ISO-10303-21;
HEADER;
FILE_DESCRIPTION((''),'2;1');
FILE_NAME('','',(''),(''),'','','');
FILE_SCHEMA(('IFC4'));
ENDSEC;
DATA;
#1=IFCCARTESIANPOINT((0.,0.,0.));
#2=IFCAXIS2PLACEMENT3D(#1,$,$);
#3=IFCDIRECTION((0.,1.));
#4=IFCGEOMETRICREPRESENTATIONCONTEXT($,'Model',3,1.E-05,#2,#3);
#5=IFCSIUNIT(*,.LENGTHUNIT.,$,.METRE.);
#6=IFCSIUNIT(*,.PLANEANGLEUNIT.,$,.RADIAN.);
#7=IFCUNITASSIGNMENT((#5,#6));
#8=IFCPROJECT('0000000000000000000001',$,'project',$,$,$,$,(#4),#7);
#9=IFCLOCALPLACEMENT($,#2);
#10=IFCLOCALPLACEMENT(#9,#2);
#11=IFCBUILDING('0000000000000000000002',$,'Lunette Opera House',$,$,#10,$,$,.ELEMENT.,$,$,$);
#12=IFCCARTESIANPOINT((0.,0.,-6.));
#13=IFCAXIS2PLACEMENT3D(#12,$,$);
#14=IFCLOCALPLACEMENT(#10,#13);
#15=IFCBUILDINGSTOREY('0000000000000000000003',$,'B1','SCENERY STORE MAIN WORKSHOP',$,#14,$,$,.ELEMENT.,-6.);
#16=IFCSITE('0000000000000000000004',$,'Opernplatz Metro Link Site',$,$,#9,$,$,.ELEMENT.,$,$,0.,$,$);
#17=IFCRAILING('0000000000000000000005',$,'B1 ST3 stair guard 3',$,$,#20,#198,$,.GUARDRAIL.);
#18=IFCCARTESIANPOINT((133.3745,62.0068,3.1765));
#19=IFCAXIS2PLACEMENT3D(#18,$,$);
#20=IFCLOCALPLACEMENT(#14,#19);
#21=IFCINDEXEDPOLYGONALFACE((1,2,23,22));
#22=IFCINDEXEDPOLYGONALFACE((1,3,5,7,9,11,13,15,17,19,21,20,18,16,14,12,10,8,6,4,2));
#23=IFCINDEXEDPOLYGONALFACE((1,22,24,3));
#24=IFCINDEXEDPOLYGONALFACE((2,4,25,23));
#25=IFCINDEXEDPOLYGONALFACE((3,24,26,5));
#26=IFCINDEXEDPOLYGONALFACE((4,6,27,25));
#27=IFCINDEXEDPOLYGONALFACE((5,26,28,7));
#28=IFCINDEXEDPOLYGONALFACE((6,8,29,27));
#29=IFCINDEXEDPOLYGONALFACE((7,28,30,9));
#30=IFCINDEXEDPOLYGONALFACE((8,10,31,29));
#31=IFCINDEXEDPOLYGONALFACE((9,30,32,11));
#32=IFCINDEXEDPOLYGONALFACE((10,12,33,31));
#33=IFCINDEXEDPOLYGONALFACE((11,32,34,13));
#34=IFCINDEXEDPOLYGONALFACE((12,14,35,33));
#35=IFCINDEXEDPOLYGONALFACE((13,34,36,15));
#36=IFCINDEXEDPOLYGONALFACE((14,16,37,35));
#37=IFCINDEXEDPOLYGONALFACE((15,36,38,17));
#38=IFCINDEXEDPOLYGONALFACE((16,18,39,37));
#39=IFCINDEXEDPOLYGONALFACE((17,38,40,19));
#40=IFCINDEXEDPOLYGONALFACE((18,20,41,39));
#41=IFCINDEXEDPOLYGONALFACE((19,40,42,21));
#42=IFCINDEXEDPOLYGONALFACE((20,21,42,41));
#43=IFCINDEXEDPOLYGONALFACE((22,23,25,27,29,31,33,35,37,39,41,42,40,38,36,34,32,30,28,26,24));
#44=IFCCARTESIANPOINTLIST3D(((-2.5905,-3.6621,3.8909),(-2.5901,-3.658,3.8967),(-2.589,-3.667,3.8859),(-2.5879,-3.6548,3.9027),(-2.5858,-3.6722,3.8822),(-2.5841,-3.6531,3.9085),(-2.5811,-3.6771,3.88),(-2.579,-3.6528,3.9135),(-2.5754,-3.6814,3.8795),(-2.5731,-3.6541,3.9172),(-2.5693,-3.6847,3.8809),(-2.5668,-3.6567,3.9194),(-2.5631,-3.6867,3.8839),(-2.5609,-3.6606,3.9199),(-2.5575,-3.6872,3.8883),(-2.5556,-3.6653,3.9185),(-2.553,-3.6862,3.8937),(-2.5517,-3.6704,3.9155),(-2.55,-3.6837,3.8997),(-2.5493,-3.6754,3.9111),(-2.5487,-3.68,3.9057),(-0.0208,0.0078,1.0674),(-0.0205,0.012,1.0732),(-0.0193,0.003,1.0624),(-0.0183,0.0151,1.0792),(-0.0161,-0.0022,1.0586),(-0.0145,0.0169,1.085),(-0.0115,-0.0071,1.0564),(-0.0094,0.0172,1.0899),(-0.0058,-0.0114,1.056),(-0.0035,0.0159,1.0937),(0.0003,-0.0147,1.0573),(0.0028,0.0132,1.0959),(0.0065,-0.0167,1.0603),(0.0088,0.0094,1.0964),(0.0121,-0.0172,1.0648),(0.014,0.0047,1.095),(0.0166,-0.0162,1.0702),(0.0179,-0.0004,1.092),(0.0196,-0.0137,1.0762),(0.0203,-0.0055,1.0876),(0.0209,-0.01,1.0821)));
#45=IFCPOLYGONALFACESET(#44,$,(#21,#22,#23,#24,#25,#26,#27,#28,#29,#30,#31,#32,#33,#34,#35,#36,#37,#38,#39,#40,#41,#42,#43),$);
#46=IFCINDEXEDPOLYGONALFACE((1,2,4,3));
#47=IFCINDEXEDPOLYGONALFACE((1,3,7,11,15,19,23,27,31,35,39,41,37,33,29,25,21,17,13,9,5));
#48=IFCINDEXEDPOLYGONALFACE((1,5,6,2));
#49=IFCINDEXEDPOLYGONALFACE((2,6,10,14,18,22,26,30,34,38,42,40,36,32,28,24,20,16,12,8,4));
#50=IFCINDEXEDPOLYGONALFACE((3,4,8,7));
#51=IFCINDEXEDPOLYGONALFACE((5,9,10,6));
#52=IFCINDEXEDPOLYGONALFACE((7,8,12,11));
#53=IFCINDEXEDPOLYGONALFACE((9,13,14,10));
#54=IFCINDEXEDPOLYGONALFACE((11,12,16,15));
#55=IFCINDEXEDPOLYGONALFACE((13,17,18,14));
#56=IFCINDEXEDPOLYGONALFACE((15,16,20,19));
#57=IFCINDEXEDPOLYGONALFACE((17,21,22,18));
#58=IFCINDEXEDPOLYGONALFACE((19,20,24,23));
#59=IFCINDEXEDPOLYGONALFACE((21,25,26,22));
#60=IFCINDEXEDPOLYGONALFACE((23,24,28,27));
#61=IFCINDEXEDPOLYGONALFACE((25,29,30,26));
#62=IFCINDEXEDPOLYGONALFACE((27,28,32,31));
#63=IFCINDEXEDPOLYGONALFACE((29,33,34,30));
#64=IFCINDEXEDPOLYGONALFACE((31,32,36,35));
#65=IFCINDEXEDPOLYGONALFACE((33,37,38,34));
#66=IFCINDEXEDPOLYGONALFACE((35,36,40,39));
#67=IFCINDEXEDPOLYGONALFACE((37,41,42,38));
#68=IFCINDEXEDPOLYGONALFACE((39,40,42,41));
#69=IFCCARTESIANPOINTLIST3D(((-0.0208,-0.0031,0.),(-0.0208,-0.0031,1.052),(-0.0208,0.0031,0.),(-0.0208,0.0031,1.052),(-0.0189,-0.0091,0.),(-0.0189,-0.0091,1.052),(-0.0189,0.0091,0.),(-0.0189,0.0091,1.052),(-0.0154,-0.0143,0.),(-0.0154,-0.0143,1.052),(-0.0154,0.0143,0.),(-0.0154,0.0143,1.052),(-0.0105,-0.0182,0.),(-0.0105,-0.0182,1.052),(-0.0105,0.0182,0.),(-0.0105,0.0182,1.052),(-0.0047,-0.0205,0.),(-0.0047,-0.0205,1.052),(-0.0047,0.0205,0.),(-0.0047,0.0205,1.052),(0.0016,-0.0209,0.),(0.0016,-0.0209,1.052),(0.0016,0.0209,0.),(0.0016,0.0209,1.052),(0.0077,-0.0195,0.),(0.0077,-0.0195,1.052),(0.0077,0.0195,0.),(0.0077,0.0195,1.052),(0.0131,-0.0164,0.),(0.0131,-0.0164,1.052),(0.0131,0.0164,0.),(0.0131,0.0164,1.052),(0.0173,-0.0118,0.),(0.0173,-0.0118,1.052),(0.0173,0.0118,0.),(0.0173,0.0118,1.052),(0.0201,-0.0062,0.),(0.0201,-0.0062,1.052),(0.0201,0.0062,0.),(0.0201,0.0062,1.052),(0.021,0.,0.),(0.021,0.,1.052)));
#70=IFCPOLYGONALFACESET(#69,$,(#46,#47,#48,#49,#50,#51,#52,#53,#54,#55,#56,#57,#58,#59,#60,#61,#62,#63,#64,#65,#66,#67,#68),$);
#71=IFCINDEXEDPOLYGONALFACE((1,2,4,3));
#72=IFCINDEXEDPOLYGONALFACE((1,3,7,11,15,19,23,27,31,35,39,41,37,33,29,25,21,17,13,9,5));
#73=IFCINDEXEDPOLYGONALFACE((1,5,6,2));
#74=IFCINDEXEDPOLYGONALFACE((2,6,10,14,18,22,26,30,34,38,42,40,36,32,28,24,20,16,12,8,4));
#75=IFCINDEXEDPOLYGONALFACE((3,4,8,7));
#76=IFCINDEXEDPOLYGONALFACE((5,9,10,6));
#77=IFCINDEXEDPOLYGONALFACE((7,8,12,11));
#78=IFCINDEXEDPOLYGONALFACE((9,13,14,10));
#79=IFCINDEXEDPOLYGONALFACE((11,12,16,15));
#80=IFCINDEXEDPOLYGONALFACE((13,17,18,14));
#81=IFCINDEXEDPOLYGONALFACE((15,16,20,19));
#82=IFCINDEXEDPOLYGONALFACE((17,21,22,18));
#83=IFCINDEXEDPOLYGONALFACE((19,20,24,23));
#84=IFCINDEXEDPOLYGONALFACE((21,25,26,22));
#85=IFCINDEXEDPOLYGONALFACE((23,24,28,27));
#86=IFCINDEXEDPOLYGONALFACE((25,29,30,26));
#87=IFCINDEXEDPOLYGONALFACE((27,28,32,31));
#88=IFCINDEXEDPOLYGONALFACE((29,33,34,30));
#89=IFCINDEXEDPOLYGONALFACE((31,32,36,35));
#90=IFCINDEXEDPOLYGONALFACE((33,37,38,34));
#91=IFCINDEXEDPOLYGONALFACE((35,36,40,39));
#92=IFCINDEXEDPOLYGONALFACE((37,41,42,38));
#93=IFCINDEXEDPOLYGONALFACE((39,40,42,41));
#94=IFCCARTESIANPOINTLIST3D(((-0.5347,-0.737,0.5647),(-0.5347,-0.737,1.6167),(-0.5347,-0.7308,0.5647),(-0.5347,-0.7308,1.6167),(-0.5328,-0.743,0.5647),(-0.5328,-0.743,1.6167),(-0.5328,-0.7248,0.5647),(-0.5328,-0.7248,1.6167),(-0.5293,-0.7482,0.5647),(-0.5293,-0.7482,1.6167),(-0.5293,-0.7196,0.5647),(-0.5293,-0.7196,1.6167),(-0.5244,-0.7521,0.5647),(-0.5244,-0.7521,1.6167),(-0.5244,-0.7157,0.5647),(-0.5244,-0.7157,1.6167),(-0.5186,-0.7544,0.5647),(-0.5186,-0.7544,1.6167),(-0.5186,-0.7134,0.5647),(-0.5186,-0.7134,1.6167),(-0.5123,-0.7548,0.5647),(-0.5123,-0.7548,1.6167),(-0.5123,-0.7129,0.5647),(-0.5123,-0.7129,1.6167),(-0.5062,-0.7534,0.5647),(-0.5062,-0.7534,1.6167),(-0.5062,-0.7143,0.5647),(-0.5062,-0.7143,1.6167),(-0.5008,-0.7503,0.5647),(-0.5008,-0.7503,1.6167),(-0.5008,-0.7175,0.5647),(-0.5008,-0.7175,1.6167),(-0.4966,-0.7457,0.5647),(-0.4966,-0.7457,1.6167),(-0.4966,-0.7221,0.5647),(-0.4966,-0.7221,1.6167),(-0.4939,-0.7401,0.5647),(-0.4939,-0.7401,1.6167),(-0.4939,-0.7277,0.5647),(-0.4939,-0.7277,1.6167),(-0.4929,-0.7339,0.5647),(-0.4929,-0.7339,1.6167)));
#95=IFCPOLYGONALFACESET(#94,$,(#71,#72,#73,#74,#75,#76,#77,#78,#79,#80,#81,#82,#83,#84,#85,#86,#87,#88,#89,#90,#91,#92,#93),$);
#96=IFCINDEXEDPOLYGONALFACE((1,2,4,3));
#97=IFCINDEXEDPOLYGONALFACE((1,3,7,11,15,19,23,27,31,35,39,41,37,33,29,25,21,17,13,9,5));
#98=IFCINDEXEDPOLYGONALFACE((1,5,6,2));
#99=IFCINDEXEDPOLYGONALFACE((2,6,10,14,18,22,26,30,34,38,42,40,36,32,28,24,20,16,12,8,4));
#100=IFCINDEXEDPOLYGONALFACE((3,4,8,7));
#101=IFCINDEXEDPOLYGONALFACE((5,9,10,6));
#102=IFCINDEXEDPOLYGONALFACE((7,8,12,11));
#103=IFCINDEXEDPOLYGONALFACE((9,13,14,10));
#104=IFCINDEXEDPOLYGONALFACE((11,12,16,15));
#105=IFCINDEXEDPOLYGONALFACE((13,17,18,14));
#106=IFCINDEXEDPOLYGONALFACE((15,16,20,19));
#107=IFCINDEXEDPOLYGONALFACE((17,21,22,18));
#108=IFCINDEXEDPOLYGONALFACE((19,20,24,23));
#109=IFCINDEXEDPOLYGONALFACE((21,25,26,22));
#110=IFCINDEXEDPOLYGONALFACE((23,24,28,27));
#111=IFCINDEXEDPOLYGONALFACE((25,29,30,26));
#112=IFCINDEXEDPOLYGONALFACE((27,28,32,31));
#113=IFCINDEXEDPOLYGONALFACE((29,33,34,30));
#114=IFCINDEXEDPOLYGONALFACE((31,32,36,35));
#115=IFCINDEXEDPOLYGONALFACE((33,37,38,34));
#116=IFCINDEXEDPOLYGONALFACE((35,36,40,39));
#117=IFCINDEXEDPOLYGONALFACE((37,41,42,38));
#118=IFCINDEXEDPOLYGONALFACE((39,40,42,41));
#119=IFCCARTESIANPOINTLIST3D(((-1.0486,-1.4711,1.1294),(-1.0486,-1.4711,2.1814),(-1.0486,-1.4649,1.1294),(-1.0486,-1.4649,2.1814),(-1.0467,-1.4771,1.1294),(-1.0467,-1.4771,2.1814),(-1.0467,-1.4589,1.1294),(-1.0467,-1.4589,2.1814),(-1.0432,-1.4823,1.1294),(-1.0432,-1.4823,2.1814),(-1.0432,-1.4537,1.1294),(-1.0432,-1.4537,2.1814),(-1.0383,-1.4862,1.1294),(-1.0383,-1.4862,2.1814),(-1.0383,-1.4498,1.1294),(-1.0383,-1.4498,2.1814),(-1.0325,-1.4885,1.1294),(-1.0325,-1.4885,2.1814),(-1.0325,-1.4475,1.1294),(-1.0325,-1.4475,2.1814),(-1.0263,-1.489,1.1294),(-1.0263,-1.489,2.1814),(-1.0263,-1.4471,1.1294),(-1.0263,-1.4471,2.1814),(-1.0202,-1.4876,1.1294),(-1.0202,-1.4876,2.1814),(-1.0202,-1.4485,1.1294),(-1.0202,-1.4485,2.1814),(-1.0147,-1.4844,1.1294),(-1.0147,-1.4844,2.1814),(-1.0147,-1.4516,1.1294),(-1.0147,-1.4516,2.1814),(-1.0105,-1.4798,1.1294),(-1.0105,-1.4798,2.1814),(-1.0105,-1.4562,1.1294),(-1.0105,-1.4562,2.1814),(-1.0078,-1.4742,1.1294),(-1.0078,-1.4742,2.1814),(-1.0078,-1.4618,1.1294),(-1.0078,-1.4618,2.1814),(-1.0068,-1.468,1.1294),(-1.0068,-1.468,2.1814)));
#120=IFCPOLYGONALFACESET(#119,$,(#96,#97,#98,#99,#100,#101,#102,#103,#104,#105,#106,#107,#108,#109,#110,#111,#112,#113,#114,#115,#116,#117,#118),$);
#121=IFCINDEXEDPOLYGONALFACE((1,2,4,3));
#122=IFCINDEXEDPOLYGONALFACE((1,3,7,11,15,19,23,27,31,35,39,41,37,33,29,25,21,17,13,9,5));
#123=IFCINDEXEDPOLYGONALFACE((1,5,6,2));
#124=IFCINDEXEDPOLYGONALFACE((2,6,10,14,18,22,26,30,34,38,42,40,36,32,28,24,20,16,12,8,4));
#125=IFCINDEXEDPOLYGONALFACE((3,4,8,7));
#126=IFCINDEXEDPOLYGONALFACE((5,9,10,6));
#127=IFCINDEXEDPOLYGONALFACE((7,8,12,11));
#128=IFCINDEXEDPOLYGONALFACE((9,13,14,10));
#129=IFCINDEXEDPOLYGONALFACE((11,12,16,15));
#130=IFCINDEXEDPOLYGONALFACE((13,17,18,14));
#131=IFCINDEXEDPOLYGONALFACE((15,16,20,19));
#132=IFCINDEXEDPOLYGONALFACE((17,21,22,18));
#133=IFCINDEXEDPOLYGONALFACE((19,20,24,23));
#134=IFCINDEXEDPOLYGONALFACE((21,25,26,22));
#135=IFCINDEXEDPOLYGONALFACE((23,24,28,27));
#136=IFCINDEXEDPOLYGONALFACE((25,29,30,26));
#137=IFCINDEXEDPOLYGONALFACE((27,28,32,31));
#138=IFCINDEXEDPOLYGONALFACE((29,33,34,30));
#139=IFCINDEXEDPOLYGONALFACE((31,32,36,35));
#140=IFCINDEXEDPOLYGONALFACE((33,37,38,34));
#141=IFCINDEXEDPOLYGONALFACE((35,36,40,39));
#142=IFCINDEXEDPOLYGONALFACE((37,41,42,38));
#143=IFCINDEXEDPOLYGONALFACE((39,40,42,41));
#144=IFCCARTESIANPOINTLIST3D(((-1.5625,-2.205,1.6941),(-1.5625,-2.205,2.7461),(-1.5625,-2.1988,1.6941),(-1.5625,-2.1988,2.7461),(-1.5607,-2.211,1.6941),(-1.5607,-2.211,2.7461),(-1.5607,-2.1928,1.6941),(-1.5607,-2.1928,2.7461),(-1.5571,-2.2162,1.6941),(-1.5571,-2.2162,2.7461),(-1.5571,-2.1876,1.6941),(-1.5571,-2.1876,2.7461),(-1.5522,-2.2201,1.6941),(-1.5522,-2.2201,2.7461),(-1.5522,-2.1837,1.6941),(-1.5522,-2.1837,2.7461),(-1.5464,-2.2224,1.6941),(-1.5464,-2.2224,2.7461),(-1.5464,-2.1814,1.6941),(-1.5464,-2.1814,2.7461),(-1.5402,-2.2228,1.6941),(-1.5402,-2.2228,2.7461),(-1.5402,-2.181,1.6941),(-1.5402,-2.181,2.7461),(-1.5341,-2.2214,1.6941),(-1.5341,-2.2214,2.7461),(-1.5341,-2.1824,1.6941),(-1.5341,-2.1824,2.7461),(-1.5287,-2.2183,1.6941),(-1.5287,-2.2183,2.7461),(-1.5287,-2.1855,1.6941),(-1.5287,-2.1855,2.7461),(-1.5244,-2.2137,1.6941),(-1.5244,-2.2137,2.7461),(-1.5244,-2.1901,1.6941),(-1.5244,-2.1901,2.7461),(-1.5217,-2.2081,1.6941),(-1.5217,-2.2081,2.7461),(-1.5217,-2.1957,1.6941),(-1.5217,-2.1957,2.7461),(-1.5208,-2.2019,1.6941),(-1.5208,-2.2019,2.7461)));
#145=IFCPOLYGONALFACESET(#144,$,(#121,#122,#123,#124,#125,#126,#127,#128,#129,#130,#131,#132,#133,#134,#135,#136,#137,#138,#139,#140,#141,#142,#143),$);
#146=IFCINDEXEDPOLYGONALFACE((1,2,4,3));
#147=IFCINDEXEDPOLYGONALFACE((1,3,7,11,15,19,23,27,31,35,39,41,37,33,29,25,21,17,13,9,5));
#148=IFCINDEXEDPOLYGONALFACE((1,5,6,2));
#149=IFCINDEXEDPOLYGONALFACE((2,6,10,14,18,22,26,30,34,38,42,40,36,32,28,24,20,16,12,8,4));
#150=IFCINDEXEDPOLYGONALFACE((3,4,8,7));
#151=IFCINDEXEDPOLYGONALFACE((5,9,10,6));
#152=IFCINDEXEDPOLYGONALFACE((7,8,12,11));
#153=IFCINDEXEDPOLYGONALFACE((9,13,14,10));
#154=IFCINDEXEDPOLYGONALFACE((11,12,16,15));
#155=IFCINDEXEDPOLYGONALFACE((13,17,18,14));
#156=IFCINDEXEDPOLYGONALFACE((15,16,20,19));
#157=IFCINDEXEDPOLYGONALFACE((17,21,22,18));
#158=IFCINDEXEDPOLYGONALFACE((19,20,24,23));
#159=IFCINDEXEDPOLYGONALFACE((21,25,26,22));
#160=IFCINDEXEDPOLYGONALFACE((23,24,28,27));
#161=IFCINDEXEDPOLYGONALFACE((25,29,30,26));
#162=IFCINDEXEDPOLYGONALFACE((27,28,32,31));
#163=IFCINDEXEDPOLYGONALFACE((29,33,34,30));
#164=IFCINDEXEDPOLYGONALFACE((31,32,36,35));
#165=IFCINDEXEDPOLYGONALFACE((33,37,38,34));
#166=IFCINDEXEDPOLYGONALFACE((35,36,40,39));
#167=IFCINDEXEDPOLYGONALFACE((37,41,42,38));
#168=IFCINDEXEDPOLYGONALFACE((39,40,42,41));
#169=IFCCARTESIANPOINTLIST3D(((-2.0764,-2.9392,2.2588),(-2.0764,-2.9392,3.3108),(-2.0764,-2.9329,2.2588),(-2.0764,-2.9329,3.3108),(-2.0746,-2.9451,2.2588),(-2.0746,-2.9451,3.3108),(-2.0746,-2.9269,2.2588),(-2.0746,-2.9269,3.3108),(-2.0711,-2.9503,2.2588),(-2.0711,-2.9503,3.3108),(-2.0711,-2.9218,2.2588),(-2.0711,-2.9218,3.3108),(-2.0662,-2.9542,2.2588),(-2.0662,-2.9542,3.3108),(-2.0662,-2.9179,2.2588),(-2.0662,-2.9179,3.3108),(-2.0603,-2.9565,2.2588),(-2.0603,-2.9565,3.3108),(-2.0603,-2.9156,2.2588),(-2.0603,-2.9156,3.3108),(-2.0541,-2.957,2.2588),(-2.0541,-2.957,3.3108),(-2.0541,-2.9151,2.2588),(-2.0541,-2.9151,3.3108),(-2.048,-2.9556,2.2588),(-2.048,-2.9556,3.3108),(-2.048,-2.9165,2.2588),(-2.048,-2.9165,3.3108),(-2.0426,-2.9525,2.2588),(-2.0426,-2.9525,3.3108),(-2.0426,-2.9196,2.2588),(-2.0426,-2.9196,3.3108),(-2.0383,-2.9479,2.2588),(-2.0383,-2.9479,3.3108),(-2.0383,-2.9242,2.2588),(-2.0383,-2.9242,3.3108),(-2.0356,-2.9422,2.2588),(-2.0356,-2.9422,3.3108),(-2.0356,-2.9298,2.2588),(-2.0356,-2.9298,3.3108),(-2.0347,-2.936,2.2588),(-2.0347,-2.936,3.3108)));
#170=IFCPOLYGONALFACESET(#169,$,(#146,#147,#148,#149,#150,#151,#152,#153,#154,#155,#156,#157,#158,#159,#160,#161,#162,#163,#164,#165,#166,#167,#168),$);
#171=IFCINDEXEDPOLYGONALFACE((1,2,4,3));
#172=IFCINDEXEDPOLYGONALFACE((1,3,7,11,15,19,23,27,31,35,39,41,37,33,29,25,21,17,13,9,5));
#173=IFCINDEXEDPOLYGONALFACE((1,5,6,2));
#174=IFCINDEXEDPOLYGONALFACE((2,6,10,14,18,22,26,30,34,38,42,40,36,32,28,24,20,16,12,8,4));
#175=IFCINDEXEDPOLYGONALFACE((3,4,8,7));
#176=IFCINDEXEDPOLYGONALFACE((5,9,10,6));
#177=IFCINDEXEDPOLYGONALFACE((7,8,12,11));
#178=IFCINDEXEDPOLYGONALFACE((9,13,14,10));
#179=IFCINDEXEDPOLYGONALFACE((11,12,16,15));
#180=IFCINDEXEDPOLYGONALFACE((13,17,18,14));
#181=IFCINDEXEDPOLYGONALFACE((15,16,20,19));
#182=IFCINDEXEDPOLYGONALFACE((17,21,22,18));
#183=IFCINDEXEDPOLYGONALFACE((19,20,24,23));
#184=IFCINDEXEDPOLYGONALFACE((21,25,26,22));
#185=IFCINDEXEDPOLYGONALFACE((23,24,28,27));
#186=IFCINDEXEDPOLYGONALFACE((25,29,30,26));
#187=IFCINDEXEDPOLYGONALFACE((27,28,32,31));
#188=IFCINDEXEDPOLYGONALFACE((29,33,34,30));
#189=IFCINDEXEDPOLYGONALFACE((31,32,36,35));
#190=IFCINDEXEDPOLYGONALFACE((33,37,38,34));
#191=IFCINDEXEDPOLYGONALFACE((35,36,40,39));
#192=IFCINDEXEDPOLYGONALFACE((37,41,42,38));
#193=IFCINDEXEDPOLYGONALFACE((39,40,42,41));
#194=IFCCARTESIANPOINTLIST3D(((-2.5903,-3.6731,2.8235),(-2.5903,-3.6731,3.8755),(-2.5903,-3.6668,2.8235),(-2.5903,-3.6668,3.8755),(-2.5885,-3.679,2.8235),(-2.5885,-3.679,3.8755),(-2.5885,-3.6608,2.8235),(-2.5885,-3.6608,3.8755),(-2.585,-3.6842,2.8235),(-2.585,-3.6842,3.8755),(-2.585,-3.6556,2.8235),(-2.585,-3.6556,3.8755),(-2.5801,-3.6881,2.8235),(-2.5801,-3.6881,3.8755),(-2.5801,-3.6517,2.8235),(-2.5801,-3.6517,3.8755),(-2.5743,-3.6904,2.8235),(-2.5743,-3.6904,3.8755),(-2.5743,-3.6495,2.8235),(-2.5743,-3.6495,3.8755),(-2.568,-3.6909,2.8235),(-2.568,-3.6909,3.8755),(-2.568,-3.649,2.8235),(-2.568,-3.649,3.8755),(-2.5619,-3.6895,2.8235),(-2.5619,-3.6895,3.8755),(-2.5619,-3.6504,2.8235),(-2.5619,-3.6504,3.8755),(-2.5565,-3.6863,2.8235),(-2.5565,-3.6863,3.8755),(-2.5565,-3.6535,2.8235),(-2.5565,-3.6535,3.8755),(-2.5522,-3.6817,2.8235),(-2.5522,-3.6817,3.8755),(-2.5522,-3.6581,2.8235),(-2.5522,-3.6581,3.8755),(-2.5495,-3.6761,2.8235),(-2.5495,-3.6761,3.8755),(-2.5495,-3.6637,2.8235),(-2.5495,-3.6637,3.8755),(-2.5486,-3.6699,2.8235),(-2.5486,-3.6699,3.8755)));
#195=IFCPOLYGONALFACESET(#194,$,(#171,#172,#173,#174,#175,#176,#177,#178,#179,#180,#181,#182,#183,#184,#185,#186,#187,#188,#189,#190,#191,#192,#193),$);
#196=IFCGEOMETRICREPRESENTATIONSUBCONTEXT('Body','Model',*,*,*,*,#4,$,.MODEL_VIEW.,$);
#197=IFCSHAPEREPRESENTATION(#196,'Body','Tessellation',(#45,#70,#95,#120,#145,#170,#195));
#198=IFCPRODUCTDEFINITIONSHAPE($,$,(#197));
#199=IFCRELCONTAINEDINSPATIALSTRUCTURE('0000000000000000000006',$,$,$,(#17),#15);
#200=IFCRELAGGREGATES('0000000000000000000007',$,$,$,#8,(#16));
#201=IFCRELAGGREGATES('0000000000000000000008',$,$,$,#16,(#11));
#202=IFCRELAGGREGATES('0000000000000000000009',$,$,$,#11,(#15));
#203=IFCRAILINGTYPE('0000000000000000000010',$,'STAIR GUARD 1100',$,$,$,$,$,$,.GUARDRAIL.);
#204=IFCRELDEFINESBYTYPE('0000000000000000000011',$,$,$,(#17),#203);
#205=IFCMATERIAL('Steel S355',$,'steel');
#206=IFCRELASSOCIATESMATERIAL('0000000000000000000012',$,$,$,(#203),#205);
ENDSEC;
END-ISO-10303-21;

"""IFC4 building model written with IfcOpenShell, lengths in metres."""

from ifc_helpers import new_model, si_unit, direction, frame, origin, origin_2d, place, context, subcontext, project, spatial, circle, extrude, material, type_object, element, save


model = new_model("IFC4")

# Units and contexts
model_context = context("Model", 3, precision=1e-05, world=origin(), true_north=direction((0.0, 1.0)))
body_context = subcontext(model_context, "Body", "Model", "MODEL_VIEW")
ifc_project = project(units=[si_unit("LENGTHUNIT", "METRE"), si_unit("PLANEANGLEUNIT", "RADIAN")], contexts=[model_context])

# Site, building, storey
site_placement = place(None, origin())
site = spatial("IfcSite", under=ifc_project, at=site_placement, Name="Opernplatz Metro Link Site", CompositionType="ELEMENT", RefElevation=0.0)
building_placement = place(site_placement, origin())
building = spatial("IfcBuilding", under=site, at=building_placement, Name="Lunette Opera House", CompositionType="ELEMENT")
storey_placement = place(building_placement, frame((0.0, 0.0, -6.0)))
storey = spatial("IfcBuildingStorey", under=building, at=storey_placement, Name="B1", Description="SCENERY STORE MAIN WORKSHOP", CompositionType="ELEMENT", Elevation=-6.0)

# Railing
ifc_material_1 = material(Name="Steel S355", Category="steel")
railing_type_1 = type_object("IfcRailingType", Name="STAIR GUARD 1100", PredefinedType="GUARDRAIL", material=ifc_material_1)
railing_1_placement = place(storey_placement, frame((133.3745, 62.0068, 3.1765)))
element("IfcRailing", 1, at=railing_1_placement, inside=storey, type_object=railing_type_1, Name="B1 ST3 stair guard 3", PredefinedType="GUARDRAIL", context=body_context, shape_type="SweptSolid", body=[
    extrude(circle(Radius=0.0239, at=origin_2d()), frame((0.0, 0.0, 1.0762), z_axis=(-0.485231, -0.693016, 0.533178), x_axis=(0.819165, -0.573557, 0.0)), (0.0, 0.0, 1.0), 5.2957),
    extrude(circle(Radius=0.021, at=origin_2d()), origin(), (0.0, 0.0, 1.0), 1.052),
    extrude(circle(Radius=0.021, at=origin_2d()), frame((-0.5139, -0.7339, 0.5647)), (0.0, 0.0, 1.0), 1.052),
    extrude(circle(Radius=0.021, at=origin_2d()), frame((-1.0278, -1.468, 1.1294)), (0.0, 0.0, 1.0), 1.052),
    extrude(circle(Radius=0.021, at=origin_2d()), frame((-1.5417, -2.2019, 1.6941)), (0.0, 0.0, 1.0), 1.052),
    extrude(circle(Radius=0.021, at=origin_2d()), frame((-2.0557, -2.936, 2.2588)), (0.0, 0.0, 1.0), 1.052),
    extrude(circle(Radius=0.021, at=origin_2d()), frame((-2.5696, -3.6699, 2.8235)), (0.0, 0.0, 1.0), 1.052),
])

save(model, "model.ifc")
